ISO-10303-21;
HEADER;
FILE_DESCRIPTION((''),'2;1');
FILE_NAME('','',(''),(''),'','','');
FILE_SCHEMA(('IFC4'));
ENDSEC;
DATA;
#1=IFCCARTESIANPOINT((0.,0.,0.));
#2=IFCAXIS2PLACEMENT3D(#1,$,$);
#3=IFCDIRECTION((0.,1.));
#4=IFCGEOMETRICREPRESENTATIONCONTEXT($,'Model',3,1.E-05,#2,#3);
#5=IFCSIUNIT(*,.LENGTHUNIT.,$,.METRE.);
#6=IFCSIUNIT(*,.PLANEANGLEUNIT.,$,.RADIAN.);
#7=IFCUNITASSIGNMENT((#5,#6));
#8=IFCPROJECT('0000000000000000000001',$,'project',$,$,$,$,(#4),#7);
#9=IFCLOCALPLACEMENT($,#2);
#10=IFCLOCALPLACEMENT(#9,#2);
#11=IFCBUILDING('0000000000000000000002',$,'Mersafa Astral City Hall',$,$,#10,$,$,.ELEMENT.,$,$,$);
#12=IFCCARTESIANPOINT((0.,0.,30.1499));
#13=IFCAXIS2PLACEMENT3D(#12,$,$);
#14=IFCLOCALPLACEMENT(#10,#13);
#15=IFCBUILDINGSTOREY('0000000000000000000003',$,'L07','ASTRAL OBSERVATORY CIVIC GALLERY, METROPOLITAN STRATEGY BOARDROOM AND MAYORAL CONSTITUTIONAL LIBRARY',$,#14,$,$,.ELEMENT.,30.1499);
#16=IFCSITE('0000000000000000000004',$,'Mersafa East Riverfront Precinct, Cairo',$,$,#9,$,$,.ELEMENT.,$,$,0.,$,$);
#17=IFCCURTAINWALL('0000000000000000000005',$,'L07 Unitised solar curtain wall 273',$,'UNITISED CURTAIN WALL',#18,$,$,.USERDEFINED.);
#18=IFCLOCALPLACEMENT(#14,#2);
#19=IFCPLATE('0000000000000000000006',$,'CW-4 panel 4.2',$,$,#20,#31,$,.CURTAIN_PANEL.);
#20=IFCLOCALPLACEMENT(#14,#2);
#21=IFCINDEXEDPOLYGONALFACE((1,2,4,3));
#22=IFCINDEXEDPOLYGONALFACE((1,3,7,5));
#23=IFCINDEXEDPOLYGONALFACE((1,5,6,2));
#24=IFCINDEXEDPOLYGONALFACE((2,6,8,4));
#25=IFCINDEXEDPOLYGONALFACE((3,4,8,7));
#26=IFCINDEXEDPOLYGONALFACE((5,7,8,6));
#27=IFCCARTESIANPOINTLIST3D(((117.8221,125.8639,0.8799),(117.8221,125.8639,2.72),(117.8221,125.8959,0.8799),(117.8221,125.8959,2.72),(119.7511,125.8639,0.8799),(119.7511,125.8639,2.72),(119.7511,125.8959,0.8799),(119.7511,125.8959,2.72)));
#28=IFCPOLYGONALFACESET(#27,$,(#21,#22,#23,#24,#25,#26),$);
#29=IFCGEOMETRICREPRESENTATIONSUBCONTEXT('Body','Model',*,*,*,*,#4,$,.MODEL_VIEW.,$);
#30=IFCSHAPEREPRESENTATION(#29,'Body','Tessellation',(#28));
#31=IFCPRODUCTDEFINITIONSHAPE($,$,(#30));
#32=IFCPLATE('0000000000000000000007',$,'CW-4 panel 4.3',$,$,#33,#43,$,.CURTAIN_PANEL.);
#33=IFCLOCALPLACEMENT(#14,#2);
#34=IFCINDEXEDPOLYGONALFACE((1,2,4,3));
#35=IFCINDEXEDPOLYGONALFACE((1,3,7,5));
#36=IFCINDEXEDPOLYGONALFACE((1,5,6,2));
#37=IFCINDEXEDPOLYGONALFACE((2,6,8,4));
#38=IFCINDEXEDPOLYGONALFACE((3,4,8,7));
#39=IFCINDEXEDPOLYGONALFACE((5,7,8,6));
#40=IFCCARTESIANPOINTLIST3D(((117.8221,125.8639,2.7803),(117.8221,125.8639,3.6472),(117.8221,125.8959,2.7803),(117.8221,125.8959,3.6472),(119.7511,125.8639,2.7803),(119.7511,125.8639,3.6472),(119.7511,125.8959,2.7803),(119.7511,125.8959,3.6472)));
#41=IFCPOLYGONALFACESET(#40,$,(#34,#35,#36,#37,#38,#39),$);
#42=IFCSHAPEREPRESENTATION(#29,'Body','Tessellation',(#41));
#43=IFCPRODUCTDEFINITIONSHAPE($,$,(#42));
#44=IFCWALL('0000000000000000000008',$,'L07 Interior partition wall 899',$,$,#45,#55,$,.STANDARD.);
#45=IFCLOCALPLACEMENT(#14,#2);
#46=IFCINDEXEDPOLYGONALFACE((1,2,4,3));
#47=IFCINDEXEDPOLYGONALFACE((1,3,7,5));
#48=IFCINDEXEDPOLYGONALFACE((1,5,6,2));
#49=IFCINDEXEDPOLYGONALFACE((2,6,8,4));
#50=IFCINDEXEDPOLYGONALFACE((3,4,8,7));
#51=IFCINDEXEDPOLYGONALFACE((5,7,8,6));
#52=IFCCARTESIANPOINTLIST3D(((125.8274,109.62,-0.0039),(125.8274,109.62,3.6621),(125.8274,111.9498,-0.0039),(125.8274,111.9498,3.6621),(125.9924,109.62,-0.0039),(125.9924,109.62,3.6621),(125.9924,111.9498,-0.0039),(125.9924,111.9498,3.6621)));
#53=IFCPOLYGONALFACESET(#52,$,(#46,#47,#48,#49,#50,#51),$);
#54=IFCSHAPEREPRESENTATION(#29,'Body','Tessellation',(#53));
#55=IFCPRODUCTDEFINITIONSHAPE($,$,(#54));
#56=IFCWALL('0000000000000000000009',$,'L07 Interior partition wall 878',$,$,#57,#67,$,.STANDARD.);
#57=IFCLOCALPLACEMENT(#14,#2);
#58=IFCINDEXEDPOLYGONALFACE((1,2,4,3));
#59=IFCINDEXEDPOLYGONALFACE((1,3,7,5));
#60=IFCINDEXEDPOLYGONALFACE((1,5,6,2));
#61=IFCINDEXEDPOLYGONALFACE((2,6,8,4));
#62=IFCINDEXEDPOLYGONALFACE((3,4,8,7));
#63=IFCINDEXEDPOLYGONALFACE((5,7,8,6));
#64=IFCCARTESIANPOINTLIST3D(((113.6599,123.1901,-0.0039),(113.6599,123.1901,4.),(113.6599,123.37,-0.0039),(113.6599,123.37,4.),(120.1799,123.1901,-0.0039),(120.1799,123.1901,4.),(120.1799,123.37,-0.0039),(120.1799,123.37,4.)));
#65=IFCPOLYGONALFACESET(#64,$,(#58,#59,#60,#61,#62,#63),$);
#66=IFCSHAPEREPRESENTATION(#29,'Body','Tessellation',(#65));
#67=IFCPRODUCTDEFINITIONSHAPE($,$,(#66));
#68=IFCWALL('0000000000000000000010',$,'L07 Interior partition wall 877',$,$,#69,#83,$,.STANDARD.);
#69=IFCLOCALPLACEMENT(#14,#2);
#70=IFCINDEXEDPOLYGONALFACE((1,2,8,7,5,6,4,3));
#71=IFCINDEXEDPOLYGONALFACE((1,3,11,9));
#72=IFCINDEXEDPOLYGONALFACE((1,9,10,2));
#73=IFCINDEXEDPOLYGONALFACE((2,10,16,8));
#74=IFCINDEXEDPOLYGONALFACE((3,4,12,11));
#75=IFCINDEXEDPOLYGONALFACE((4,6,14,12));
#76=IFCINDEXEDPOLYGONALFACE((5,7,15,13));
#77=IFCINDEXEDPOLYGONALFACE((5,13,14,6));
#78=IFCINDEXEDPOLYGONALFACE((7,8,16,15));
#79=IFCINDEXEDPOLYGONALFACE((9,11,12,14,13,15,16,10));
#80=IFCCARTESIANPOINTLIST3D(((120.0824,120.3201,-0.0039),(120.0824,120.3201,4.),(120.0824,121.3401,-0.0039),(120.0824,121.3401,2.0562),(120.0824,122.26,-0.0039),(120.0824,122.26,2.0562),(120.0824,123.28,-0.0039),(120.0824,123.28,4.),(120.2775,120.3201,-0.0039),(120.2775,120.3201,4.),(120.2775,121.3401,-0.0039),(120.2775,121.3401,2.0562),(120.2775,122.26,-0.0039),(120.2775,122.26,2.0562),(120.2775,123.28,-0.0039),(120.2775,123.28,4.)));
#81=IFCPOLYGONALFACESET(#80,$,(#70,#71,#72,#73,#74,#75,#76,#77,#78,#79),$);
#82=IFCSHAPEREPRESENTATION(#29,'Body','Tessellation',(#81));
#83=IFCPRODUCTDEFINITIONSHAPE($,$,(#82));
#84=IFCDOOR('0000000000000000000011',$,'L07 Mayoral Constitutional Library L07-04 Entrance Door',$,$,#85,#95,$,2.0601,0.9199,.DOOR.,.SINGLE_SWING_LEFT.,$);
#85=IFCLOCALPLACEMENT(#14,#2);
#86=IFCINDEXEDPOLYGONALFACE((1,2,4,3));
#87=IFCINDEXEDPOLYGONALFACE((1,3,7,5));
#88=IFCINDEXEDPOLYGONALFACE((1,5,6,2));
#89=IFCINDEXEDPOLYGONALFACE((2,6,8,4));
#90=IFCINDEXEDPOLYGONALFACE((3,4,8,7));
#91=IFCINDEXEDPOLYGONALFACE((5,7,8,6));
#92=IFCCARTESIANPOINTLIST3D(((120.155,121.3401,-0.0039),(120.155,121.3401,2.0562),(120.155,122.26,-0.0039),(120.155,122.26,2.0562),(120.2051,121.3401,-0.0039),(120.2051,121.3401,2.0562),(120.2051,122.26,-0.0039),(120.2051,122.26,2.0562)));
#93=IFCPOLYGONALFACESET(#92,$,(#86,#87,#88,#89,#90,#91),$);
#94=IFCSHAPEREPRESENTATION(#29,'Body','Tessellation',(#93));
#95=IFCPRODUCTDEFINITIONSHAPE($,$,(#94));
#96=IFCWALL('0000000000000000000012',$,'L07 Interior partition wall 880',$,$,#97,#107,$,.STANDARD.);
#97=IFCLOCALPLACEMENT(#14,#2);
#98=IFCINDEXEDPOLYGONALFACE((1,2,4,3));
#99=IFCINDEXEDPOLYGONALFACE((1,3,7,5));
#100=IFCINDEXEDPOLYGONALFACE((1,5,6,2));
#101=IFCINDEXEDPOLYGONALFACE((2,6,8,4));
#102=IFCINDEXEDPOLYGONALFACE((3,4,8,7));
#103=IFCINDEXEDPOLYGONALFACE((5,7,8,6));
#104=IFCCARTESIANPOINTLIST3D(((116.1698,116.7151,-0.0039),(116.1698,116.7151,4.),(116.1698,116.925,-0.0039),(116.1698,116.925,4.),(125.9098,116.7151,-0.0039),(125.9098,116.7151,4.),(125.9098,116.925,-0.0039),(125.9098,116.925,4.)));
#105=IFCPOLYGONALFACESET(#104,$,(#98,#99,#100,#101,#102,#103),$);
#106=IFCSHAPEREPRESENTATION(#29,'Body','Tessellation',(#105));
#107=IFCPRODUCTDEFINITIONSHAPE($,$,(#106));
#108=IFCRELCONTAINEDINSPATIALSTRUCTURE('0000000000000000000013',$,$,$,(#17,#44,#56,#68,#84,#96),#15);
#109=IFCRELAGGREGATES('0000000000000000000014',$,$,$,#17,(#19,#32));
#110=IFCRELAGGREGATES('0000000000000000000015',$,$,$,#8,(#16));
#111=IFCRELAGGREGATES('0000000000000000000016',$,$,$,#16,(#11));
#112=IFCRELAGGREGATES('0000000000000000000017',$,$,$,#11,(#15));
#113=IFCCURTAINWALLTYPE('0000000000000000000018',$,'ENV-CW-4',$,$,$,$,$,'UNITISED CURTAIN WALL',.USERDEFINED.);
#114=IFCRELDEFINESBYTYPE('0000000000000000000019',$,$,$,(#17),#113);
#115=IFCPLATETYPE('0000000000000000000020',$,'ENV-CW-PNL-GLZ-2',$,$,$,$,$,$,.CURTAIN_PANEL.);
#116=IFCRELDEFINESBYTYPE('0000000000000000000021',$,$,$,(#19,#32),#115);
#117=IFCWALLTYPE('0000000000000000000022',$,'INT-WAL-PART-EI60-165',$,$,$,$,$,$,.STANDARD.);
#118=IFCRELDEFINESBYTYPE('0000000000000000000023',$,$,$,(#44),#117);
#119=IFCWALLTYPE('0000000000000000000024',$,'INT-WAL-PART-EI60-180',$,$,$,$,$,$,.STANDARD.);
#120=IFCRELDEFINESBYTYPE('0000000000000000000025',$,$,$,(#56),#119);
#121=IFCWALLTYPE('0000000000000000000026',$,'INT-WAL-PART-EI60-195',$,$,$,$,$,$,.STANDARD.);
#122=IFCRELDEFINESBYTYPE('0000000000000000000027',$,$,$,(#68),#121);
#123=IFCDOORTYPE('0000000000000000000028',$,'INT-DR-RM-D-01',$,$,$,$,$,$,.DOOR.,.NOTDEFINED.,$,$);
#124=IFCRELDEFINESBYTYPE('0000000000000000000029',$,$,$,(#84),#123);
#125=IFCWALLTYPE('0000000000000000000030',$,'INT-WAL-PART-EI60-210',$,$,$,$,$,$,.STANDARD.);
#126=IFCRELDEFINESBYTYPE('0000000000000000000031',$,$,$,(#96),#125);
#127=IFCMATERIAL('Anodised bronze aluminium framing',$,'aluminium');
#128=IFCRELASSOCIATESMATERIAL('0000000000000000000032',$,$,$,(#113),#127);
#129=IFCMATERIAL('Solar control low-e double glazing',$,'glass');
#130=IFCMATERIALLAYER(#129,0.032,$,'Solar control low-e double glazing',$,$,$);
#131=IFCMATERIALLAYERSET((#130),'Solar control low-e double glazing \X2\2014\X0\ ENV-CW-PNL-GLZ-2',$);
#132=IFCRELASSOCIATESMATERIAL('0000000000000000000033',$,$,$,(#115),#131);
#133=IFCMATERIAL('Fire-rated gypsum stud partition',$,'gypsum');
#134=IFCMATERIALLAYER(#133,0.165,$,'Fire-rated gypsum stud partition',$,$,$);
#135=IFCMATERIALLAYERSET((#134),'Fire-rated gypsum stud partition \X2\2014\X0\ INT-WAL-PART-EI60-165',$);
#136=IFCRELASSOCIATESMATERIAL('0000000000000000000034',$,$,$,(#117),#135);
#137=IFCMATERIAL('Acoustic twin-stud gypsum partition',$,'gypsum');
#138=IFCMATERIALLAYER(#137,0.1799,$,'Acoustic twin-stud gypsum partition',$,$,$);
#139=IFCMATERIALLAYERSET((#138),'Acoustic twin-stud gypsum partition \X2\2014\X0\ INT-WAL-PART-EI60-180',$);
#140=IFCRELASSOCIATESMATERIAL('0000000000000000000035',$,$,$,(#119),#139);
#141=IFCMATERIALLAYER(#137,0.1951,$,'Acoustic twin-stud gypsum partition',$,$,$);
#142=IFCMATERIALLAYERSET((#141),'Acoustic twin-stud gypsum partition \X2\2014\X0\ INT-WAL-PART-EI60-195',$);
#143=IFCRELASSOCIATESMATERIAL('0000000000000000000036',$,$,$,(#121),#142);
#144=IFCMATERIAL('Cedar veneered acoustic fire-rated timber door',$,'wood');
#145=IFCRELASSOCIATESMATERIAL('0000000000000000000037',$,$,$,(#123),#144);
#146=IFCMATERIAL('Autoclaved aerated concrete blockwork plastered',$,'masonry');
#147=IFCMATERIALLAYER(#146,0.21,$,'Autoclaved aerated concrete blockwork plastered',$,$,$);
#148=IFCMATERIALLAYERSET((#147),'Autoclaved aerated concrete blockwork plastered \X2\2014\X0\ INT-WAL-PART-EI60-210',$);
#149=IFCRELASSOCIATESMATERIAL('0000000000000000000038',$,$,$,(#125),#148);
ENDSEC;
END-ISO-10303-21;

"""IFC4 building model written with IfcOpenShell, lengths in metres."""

from ifc_helpers import new_model, si_unit, direction, frame, frame_2d, origin, origin_2d, place, context, subcontext, project, spatial, rectangle, extrude, material, layer, layer_set, type_object, element, fill, aggregate, save


model = new_model("IFC4")

# Units and contexts
model_context = context("Model", 3, precision=1e-05, world=origin(), true_north=direction((0.0, 1.0)))
body_context = subcontext(model_context, "Body", "Model", "MODEL_VIEW")
ifc_project = project(units=[si_unit("LENGTHUNIT", "METRE"), si_unit("PLANEANGLEUNIT", "RADIAN")], contexts=[model_context])

# Site, building, storey
site_placement = place(None, origin())
site = spatial("IfcSite", under=ifc_project, at=site_placement, Name="Mersafa East Riverfront Precinct, Cairo", CompositionType="ELEMENT", RefElevation=0.0)
building_placement = place(site_placement, origin())
building = spatial("IfcBuilding", under=site, at=building_placement, Name="Mersafa Astral City Hall", CompositionType="ELEMENT")
storey_placement = place(building_placement, frame((0.0, 0.0, 30.1499)))
storey = spatial("IfcBuildingStorey", under=building, at=storey_placement, Name="L07", Description="ASTRAL OBSERVATORY CIVIC GALLERY, METROPOLITAN STRATEGY BOARDROOM AND MAYORAL CONSTITUTIONAL LIBRARY", CompositionType="ELEMENT", Elevation=30.1499)

# Curtain wall
ifc_material_1 = material(Name="Anodised bronze aluminium framing", Category="aluminium")
curtain_wall_type = type_object("IfcCurtainWallType", Name="ENV-CW-4", ElementType="UNITISED CURTAIN WALL", PredefinedType="USERDEFINED", material=ifc_material_1)
curtain_wall_placement = place(storey_placement, origin())
curtain_wall = element("IfcCurtainWall", 1, at=curtain_wall_placement, inside=storey, type_object=curtain_wall_type, Name="L07 Unitised solar curtain wall 273", ObjectType="UNITISED CURTAIN WALL", PredefinedType="USERDEFINED")

# Plates
ifc_material_2 = material(Name="Solar control low-e double glazing", Category="glass")
ifc_layer_1 = layer(ifc_material_2, 0.032, Name="Solar control low-e double glazing")
ifc_layer_set_1 = layer_set([ifc_layer_1], Name="Solar control low-e double glazing — ENV-CW-PNL-GLZ-2")
plate_type = type_object("IfcPlateType", Name="ENV-CW-PNL-GLZ-2", PredefinedType="CURTAIN_PANEL", material=ifc_layer_set_1)
plate_1_placement = place(storey_placement, frame((118.7866, 125.8799, 0.8799), z_axis=(0.0, 0.0, 1.0), x_axis=(-1.0, 0.0, 0.0)))
plate_1 = element("IfcPlate", 2, at=plate_1_placement, type_object=plate_type, Name="CW-4 panel 4.2", PredefinedType="CURTAIN_PANEL", context=body_context, shape_type="SweptSolid", body=[
    extrude(rectangle(XDim=1.929, YDim=0.032, at=origin_2d()), origin(), (0.0, 0.0, 1.0), 1.8401),
])
plate_2_placement = place(storey_placement, frame((118.7866, 125.8799, 2.7803), z_axis=(0.0, 0.0, 1.0), x_axis=(-1.0, 0.0, 0.0)))
plate_2 = element("IfcPlate", 3, at=plate_2_placement, type_object=plate_type, Name="CW-4 panel 4.3", PredefinedType="CURTAIN_PANEL", context=body_context, shape_type="SweptSolid", body=[
    extrude(rectangle(XDim=1.929, YDim=0.032, at=origin_2d()), origin(), (0.0, 0.0, 1.0), 0.8669),
])
aggregate(curtain_wall, [plate_1, plate_2])

# Walls
ifc_material_3 = material(Name="Fire-rated gypsum stud partition", Category="gypsum")
ifc_layer_2 = layer(ifc_material_3, 0.165, Name="Fire-rated gypsum stud partition")
ifc_layer_set_2 = layer_set([ifc_layer_2], Name="Fire-rated gypsum stud partition — INT-WAL-PART-EI60-165")
wall_type_1 = type_object("IfcWallType", Name="INT-WAL-PART-EI60-165", PredefinedType="STANDARD", material=ifc_layer_set_2)
wall_1_placement = place(storey_placement, frame((125.9099, 111.95, -0.0039), z_axis=(0.0, 0.0, 1.0), x_axis=(0.0, -1.0, 0.0)))
element("IfcWall", 4, at=wall_1_placement, inside=storey, type_object=wall_type_1, Name="L07 Interior partition wall 899", PredefinedType="STANDARD", context=body_context, shape_type="SweptSolid", body=[
    extrude(rectangle(XDim=2.3298, YDim=0.165, at=frame_2d((1.165, 0.0))), origin(), (0.0, 0.0, 1.0), 3.666),
])
ifc_material_4 = material(Name="Acoustic twin-stud gypsum partition", Category="gypsum")
ifc_layer_3 = layer(ifc_material_4, 0.1799, Name="Acoustic twin-stud gypsum partition")
ifc_layer_set_3 = layer_set([ifc_layer_3], Name="Acoustic twin-stud gypsum partition — INT-WAL-PART-EI60-180")
wall_type_2 = type_object("IfcWallType", Name="INT-WAL-PART-EI60-180", PredefinedType="STANDARD", material=ifc_layer_set_3)
wall_2_placement = place(storey_placement, frame((120.1799, 123.28, -0.0039), z_axis=(0.0, 0.0, 1.0), x_axis=(-1.0, 0.0, 0.0)))
element("IfcWall", 5, at=wall_2_placement, inside=storey, type_object=wall_type_2, Name="L07 Interior partition wall 878", PredefinedType="STANDARD", context=body_context, shape_type="SweptSolid", body=[
    extrude(rectangle(XDim=6.52, YDim=0.1799, at=frame_2d((3.26, 0.0))), origin(), (0.0, 0.0, 1.0), 4.0039),
])

# Wall, opening, door
ifc_layer_4 = layer(ifc_material_4, 0.1951, Name="Acoustic twin-stud gypsum partition")
ifc_layer_set_4 = layer_set([ifc_layer_4], Name="Acoustic twin-stud gypsum partition — INT-WAL-PART-EI60-195")
wall_type_3 = type_object("IfcWallType", Name="INT-WAL-PART-EI60-195", PredefinedType="STANDARD", material=ifc_layer_set_4)
wall_3_placement = place(storey_placement, frame((120.1799, 120.3201, -0.0039), z_axis=(0.0, 0.0, 1.0), x_axis=(0.0, 1.0, 0.0)))
wall_3 = element("IfcWall", 6, at=wall_3_placement, inside=storey, type_object=wall_type_3, Name="L07 Interior partition wall 877", PredefinedType="STANDARD", context=body_context, shape_type="SweptSolid", body=[
    extrude(rectangle(XDim=2.96, YDim=0.1951, at=frame_2d((1.48, 0.0))), origin(), (0.0, 0.0, 1.0), 4.0039),
])
opening_placement = place(wall_3_placement, frame((1.02, 0.0, 0.0)))
opening = element("IfcOpeningElement", 7, at=opening_placement, cuts=wall_3, PredefinedType="OPENING", context=body_context, shape_type="SweptSolid", body=[
    extrude(rectangle(XDim=0.9199, YDim=2.0601, at=frame_2d((0.46, 1.03))), frame((0.0, 0.1074, 0.0), z_axis=(0.0, -1.0, 0.0), x_axis=(1.0, 0.0, 0.0)), (0.0, 0.0, 1.0), 0.2151),
])
ifc_material_5 = material(Name="Cedar veneered acoustic fire-rated timber door", Category="wood")
door_type = type_object("IfcDoorType", Name="INT-DR-RM-D-01", OperationType="NOTDEFINED", PredefinedType="DOOR", material=ifc_material_5)
door_placement = place(opening_placement, origin())
door = element("IfcDoor", 8, at=door_placement, inside=storey, type_object=door_type, Name="L07 Mayoral Constitutional Library L07-04 Entrance Door", OperationType="SINGLE_SWING_LEFT", OverallHeight=2.0601, OverallWidth=0.9199, PredefinedType="DOOR", context=body_context, shape_type="SweptSolid", body=[
    extrude(rectangle(XDim=0.9199, YDim=2.0601, at=frame_2d((0.46, 1.03))), frame((0.0, 0.0249, 0.0), z_axis=(0.0, -1.0, 0.0), x_axis=(1.0, 0.0, 0.0)), (0.0, 0.0, 1.0), 0.05),
])
fill(opening, door)

# Wall
ifc_material_6 = material(Name="Autoclaved aerated concrete blockwork plastered", Category="masonry")
ifc_layer_5 = layer(ifc_material_6, 0.21, Name="Autoclaved aerated concrete blockwork plastered")
ifc_layer_set_5 = layer_set([ifc_layer_5], Name="Autoclaved aerated concrete blockwork plastered — INT-WAL-PART-EI60-210")
wall_type_4 = type_object("IfcWallType", Name="INT-WAL-PART-EI60-210", PredefinedType="STANDARD", material=ifc_layer_set_5)
wall_4_placement = place(storey_placement, frame((125.9099, 116.8201, -0.0039), z_axis=(0.0, 0.0, 1.0), x_axis=(-1.0, 0.0, 0.0)))
element("IfcWall", 9, at=wall_4_placement, inside=storey, type_object=wall_type_4, Name="L07 Interior partition wall 880", PredefinedType="STANDARD", context=body_context, shape_type="SweptSolid", body=[
    extrude(rectangle(XDim=9.74, YDim=0.21, at=frame_2d((4.8701, 0.0))), origin(), (0.0, 0.0, 1.0), 4.0039),
])

save(model, "model.ifc")
